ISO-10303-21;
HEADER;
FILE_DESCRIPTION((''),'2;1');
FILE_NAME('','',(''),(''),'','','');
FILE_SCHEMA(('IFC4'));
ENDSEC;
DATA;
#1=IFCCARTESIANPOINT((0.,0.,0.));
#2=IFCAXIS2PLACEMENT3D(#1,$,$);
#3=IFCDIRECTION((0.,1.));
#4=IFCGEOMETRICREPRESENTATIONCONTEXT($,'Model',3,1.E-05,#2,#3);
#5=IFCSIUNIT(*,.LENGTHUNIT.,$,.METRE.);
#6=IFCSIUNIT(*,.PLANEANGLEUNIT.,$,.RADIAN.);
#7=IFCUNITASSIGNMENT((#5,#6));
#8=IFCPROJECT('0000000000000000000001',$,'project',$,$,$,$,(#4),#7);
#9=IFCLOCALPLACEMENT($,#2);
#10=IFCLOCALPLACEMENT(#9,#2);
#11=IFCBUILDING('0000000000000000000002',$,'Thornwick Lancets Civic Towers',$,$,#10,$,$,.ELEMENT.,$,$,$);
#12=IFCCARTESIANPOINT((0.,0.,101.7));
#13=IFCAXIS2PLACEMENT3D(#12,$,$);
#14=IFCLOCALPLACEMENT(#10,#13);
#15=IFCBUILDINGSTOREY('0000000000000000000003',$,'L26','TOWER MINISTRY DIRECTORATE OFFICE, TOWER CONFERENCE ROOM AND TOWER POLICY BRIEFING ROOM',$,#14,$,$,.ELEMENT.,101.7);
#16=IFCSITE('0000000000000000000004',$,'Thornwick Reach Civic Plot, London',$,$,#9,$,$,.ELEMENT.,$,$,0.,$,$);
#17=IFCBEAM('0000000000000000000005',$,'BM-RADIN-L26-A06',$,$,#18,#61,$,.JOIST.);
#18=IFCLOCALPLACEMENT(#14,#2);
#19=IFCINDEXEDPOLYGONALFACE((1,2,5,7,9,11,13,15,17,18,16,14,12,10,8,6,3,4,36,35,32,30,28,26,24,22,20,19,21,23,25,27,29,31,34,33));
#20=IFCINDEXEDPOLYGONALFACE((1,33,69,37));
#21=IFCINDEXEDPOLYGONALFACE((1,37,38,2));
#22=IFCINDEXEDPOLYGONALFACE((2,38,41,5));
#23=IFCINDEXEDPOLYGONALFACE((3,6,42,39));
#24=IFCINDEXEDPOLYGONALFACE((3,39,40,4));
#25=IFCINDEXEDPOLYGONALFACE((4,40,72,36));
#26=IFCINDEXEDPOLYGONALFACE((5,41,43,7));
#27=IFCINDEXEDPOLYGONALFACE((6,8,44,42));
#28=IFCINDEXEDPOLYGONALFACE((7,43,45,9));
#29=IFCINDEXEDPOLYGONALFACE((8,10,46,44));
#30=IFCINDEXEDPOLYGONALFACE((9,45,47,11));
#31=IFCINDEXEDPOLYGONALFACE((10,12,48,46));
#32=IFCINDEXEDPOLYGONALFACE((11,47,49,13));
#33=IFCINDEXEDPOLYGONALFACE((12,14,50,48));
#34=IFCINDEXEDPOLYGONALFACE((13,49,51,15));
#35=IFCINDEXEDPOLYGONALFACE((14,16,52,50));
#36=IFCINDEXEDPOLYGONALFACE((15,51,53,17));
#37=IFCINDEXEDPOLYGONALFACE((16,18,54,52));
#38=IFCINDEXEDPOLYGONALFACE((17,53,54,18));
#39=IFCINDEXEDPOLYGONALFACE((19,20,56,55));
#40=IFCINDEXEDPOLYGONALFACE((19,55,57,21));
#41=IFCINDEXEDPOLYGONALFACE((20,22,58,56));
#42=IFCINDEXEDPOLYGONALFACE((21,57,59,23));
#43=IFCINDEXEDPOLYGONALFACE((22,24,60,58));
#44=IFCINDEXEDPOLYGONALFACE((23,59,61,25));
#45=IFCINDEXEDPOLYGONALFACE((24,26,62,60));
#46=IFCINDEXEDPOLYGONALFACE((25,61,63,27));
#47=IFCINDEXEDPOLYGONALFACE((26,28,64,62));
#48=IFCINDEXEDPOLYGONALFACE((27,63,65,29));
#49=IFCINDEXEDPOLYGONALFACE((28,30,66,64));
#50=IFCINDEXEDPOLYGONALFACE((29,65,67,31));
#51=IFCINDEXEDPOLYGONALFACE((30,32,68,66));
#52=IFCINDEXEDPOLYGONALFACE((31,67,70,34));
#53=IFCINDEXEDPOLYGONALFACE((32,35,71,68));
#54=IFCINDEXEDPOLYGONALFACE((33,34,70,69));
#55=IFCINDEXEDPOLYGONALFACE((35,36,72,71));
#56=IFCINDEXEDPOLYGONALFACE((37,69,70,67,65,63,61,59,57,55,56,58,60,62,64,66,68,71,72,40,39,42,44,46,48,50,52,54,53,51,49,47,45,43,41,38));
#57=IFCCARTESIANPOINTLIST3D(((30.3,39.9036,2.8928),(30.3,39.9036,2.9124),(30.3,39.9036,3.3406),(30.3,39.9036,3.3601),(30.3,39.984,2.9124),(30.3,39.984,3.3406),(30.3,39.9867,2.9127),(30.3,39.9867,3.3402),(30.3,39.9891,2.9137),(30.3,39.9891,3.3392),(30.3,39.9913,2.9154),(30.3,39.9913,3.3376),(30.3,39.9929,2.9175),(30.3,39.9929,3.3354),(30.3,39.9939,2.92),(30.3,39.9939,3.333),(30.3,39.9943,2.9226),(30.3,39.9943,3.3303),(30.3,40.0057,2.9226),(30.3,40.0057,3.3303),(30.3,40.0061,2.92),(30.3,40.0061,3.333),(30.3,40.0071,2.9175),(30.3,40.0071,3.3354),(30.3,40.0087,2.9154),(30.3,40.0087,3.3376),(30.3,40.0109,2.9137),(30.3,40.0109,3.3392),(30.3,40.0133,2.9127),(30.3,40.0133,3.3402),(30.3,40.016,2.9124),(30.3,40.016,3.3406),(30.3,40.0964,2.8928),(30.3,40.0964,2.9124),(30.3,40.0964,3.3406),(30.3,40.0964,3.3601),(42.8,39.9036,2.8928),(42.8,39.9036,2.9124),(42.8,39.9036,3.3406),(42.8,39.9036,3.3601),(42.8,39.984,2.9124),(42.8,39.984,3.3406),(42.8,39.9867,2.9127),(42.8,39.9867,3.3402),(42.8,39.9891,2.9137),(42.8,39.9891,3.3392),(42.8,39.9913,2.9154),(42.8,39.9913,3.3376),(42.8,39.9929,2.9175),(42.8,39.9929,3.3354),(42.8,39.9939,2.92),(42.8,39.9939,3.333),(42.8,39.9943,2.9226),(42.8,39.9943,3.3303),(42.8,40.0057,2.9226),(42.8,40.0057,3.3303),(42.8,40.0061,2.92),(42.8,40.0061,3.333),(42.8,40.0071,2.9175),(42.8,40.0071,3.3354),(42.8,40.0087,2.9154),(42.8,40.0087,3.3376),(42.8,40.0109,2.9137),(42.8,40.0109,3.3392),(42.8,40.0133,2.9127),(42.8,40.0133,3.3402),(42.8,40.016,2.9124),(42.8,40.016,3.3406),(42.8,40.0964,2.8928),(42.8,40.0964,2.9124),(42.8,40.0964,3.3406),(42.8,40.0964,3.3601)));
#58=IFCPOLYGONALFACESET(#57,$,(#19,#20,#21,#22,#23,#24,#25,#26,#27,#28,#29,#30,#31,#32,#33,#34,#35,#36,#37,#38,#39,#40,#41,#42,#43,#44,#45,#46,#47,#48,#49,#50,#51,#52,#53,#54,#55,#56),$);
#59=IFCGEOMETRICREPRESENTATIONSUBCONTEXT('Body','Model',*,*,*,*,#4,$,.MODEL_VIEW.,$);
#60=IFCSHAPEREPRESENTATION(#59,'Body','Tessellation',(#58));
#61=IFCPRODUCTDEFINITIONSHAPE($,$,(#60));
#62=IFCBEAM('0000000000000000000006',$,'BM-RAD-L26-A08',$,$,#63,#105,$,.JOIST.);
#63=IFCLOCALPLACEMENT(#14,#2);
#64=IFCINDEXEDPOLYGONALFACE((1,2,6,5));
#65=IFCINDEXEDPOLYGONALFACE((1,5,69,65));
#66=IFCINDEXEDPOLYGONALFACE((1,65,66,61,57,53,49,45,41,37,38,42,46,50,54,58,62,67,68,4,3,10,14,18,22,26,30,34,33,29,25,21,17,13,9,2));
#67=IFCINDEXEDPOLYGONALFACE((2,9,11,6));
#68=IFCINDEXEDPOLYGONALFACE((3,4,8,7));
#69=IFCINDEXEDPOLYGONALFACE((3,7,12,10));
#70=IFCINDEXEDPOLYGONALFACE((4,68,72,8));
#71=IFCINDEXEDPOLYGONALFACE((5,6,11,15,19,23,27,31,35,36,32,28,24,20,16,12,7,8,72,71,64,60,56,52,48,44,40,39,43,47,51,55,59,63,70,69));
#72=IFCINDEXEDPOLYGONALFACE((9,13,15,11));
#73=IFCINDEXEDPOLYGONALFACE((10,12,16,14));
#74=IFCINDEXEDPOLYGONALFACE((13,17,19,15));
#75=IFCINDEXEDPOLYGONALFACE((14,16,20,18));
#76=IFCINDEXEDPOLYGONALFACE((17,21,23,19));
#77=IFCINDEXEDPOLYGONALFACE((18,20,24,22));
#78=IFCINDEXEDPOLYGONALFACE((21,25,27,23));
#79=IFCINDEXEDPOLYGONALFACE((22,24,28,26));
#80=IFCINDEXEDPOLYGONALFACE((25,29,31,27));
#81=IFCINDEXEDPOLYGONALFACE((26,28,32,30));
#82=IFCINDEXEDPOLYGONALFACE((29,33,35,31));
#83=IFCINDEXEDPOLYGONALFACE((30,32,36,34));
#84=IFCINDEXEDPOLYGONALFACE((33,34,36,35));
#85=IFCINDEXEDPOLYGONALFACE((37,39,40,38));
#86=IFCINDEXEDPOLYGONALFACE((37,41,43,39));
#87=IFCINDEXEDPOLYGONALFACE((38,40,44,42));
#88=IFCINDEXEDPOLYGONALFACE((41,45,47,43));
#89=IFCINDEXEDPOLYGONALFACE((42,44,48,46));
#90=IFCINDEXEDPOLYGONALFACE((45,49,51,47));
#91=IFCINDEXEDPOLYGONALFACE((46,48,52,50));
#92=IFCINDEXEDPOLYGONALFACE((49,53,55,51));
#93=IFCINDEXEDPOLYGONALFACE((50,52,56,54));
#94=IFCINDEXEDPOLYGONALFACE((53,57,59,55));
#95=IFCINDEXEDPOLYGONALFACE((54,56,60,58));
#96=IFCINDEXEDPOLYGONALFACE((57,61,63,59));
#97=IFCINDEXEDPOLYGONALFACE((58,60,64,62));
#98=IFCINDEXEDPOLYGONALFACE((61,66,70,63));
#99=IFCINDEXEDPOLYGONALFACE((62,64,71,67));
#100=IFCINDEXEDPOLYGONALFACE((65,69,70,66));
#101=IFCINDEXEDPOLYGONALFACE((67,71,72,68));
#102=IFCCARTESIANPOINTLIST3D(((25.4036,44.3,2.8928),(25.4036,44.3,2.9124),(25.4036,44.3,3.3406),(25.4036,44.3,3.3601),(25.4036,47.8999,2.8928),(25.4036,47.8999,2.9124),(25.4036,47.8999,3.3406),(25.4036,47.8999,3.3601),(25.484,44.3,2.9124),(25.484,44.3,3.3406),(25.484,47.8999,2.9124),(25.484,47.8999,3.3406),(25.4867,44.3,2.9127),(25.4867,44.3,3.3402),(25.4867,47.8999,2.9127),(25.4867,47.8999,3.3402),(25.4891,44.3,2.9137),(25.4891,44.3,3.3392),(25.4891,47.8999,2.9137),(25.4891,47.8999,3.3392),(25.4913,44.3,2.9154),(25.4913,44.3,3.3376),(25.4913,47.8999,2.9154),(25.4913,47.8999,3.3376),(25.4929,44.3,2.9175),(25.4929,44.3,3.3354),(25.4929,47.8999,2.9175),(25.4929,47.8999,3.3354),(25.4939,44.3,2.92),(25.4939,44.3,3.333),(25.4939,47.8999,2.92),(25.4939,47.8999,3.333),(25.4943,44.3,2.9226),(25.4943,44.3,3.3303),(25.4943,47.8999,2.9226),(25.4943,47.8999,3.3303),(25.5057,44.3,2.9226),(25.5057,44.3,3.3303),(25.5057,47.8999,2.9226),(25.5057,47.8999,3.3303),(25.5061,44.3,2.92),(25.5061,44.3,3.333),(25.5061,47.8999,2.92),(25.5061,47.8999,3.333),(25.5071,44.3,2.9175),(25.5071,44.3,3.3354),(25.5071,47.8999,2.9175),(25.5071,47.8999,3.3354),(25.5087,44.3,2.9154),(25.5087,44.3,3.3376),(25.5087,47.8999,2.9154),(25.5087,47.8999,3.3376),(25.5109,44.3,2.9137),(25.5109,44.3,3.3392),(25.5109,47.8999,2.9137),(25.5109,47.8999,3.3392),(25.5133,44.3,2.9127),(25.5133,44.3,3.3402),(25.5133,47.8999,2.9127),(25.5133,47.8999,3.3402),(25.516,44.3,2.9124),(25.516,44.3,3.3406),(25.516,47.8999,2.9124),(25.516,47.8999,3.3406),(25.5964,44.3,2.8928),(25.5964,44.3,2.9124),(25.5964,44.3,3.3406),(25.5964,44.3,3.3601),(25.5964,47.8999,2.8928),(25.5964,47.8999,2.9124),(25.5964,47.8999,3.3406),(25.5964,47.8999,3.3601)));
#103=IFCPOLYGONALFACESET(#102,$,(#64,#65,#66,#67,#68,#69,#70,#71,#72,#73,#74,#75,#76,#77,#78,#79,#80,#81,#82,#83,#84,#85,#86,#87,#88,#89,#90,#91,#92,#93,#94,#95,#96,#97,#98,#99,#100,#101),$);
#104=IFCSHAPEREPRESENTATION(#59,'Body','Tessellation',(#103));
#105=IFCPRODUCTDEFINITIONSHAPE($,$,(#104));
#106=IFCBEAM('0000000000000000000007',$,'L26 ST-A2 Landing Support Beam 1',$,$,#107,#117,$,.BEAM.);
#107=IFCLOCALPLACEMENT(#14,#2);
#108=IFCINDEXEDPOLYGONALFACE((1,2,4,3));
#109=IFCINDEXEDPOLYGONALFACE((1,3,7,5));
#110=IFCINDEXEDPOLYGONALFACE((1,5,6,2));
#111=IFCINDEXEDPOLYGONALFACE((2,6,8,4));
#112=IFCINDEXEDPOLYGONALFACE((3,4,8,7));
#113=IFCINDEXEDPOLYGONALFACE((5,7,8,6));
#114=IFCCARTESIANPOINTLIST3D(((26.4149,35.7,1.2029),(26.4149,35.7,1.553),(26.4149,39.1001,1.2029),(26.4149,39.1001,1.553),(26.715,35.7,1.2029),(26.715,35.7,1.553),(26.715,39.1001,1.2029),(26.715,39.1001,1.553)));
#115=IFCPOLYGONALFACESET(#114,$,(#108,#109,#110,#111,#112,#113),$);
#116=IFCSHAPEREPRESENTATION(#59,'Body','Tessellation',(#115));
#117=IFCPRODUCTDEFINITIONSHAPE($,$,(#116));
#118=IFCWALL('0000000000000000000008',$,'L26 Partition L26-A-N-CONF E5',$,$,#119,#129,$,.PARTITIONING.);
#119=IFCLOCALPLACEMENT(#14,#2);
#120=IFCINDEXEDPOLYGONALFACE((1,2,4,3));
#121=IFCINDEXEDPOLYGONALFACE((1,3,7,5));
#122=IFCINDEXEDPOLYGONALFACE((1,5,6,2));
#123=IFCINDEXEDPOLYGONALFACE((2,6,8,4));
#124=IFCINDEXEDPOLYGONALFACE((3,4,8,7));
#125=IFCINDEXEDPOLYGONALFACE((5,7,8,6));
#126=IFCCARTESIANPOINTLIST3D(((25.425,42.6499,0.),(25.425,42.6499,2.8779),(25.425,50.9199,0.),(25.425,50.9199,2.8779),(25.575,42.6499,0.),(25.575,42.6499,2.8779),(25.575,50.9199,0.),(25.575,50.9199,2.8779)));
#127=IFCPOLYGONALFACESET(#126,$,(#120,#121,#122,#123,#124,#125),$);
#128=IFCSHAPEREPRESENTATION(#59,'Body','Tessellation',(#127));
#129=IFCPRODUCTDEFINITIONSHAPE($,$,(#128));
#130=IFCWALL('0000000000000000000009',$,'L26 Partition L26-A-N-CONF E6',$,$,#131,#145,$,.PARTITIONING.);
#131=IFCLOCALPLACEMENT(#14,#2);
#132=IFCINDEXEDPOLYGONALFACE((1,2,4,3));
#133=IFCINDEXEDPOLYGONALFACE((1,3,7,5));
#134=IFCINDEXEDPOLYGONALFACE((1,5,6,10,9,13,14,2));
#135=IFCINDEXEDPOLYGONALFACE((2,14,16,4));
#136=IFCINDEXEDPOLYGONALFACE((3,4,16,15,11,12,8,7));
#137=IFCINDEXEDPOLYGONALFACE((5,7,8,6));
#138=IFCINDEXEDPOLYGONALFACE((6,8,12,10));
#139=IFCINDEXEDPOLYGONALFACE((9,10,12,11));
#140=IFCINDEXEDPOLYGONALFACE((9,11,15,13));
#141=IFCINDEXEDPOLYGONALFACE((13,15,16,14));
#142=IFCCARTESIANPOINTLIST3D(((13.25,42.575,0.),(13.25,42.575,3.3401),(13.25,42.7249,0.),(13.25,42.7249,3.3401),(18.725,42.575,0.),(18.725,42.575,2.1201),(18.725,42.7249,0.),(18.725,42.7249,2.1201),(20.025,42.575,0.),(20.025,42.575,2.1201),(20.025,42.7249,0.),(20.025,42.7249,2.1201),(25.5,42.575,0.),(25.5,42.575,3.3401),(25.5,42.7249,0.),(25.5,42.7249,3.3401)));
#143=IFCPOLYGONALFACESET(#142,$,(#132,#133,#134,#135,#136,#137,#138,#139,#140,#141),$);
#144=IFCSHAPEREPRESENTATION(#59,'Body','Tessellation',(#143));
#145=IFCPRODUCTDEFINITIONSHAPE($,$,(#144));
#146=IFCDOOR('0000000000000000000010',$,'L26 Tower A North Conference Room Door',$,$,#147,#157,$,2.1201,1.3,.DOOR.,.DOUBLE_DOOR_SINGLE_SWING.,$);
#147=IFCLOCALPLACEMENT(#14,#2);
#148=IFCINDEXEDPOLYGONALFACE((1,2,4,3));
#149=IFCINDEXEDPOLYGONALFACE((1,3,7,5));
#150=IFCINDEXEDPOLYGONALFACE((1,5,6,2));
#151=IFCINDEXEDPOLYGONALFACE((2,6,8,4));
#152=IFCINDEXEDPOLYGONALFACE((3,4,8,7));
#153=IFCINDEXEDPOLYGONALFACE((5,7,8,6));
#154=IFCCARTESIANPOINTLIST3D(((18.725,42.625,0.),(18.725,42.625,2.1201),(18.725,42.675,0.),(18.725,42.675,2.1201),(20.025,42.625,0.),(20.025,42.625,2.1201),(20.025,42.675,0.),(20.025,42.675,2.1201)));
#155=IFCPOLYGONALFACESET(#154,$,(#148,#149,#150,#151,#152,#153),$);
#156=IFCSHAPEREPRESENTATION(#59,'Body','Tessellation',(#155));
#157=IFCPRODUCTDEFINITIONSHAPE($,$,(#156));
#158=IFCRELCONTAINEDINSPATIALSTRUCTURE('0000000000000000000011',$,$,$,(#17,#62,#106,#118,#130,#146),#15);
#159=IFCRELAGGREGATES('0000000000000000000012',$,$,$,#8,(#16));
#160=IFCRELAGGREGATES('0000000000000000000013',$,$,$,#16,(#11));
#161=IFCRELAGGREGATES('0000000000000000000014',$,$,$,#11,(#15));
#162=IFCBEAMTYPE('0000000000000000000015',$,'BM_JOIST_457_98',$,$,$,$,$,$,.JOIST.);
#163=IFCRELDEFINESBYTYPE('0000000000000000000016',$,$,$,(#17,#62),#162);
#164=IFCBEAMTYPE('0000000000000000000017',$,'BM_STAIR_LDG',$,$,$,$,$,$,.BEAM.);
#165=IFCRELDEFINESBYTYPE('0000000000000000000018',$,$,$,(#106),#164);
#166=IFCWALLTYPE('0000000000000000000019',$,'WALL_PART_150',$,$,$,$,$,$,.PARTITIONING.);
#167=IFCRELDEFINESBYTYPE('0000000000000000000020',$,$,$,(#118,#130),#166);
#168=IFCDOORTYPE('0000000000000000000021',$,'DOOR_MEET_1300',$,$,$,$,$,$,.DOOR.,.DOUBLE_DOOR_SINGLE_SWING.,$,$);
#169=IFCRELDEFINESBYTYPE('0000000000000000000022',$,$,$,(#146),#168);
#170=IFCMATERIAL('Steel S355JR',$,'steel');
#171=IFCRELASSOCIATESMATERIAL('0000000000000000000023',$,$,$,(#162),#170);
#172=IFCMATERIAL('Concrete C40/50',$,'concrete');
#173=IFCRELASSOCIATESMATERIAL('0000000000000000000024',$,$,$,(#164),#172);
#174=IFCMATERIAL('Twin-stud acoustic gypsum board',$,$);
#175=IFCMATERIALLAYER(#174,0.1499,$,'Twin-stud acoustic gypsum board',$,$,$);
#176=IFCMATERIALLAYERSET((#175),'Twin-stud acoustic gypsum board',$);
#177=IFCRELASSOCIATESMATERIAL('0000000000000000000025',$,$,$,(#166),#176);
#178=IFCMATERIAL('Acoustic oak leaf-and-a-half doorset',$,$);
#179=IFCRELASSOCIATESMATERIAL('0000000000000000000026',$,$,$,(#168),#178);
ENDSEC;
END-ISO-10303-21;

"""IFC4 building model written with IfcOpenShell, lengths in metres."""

from ifc_helpers import new_model, si_unit, direction, frame, frame_2d, origin, origin_2d, place, context, subcontext, project, spatial, rectangle, i_section, extrude, material, layer, layer_set, material_profile, profile_set, type_object, element, fill, save


model = new_model("IFC4")

# Units and contexts
model_context = context("Model", 3, precision=1e-05, world=origin(), true_north=direction((0.0, 1.0)))
body_context = subcontext(model_context, "Body", "Model", "MODEL_VIEW")
ifc_project = project(units=[si_unit("LENGTHUNIT", "METRE"), si_unit("PLANEANGLEUNIT", "RADIAN")], contexts=[model_context])

# Site, building, storey
site_placement = place(None, origin())
site = spatial("IfcSite", under=ifc_project, at=site_placement, Name="Thornwick Reach Civic Plot, London", CompositionType="ELEMENT", RefElevation=0.0)
building_placement = place(site_placement, origin())
building = spatial("IfcBuilding", under=site, at=building_placement, Name="Thornwick Lancets Civic Towers", CompositionType="ELEMENT")
storey_placement = place(building_placement, frame((0.0, 0.0, 101.7)))
storey = spatial("IfcBuildingStorey", under=building, at=storey_placement, Name="L26", Description="TOWER MINISTRY DIRECTORATE OFFICE, TOWER CONFERENCE ROOM AND TOWER POLICY BRIEFING ROOM", CompositionType="ELEMENT", Elevation=101.7)

# Beams
ifc_material_1 = material(Name="Steel S355JR", Category="steel")
ifc_material_profile_1 = material_profile(ifc_material_1, i_section(OverallWidth=0.1929, OverallDepth=0.4673, WebThickness=0.0115, FlangeThickness=0.0195, FilletRadius=0.0103, at=origin_2d()), Name="UKB 457x191x98")
ifc_profile_set_1 = profile_set([ifc_material_profile_1], Name="Steel S355JR")
beam_type_1 = type_object("IfcBeamType", Name="BM_JOIST_457_98", PredefinedType="JOIST", material=ifc_profile_set_1)
beam_1_placement = place(storey_placement, frame((30.3, 40.0, 3.1265), z_axis=(1.0, 0.0, 0.0), x_axis=(0.0, 1.0, 0.0)))
element("IfcBeam", 1, at=beam_1_placement, inside=storey, type_object=beam_type_1, Name="BM-RADIN-L26-A06", PredefinedType="JOIST", context=body_context, shape_type="SweptSolid", body=[
    extrude(i_section(OverallWidth=0.1929, OverallDepth=0.4673, WebThickness=0.0115, FlangeThickness=0.0195, FilletRadius=0.0103, at=origin_2d()), origin(), (0.0, 0.0, 1.0), 12.5),
])
beam_2_placement = place(storey_placement, frame((25.5, 44.3, 3.1265), z_axis=(0.0, 1.0, 0.0), x_axis=(-1.0, 0.0, 0.0)))
element("IfcBeam", 2, at=beam_2_placement, inside=storey, type_object=beam_type_1, Name="BM-RAD-L26-A08", PredefinedType="JOIST", context=body_context, shape_type="SweptSolid", body=[
    extrude(i_section(OverallWidth=0.1929, OverallDepth=0.4673, WebThickness=0.0115, FlangeThickness=0.0195, FilletRadius=0.0103, at=origin_2d()), origin(), (0.0, 0.0, 1.0), 3.5999),
])
ifc_material_2 = material(Name="Concrete C40/50", Category="concrete")
ifc_material_profile_2 = material_profile(ifc_material_2, rectangle(XDim=0.3, YDim=0.3501, at=origin_2d()), Name="RC 300x350")
ifc_profile_set_2 = profile_set([ifc_material_profile_2], Name="Concrete C40/50")
beam_type_2 = type_object("IfcBeamType", Name="BM_STAIR_LDG", PredefinedType="BEAM", material=ifc_profile_set_2)
beam_3_placement = place(storey_placement, frame((26.5649, 39.1001, 1.3779), z_axis=(0.0, -1.0, 0.0), x_axis=(1.0, 0.0, 0.0)))
element("IfcBeam", 3, at=beam_3_placement, inside=storey, type_object=beam_type_2, Name="L26 ST-A2 Landing Support Beam 1", PredefinedType="BEAM", context=body_context, shape_type="SweptSolid", body=[
    extrude(rectangle(XDim=0.3, YDim=0.3501, at=origin_2d()), origin(), (0.0, 0.0, 1.0), 3.4001),
])

# Wall
ifc_material_3 = material(Name="Twin-stud acoustic gypsum board")
ifc_layer = layer(ifc_material_3, 0.1499, Name="Twin-stud acoustic gypsum board")
ifc_layer_set = layer_set([ifc_layer], Name="Twin-stud acoustic gypsum board")
wall_type = type_object("IfcWallType", Name="WALL_PART_150", PredefinedType="PARTITIONING", material=ifc_layer_set)
wall_1_placement = place(storey_placement, frame((25.5, 50.9199, 0.0), z_axis=(0.0, 0.0, 1.0), x_axis=(0.0, -1.0, 0.0)))
element("IfcWall", 4, at=wall_1_placement, inside=storey, type_object=wall_type, Name="L26 Partition L26-A-N-CONF E5", PredefinedType="PARTITIONING", context=body_context, shape_type="SweptSolid", body=[
    extrude(rectangle(XDim=8.27, YDim=0.1499, at=frame_2d((4.135, 0.0))), origin(), (0.0, 0.0, 1.0), 2.8779),
])

# Wall, opening, door
wall_2_placement = place(storey_placement, frame((25.5, 42.6499, 0.0), z_axis=(0.0, 0.0, 1.0), x_axis=(-1.0, 0.0, 0.0)))
wall_2 = element("IfcWall", 5, at=wall_2_placement, inside=storey, type_object=wall_type, Name="L26 Partition L26-A-N-CONF E6", PredefinedType="PARTITIONING", context=body_context, shape_type="SweptSolid", body=[
    extrude(rectangle(XDim=12.25, YDim=0.1499, at=frame_2d((6.125, 0.0))), origin(), (0.0, 0.0, 1.0), 3.3401),
])
opening_placement = place(wall_2_placement, frame((5.4751, 0.0, 0.0)))
opening = element("IfcOpeningElement", 6, at=opening_placement, cuts=wall_2, PredefinedType="OPENING", context=body_context, shape_type="SweptSolid", body=[
    extrude(rectangle(XDim=1.3, YDim=2.1201, at=frame_2d((0.6499, 1.0601))), frame((0.0, 0.085, 0.0), z_axis=(0.0, -1.0, 0.0), x_axis=(1.0, 0.0, 0.0)), (0.0, 0.0, 1.0), 0.1699),
])
ifc_material_4 = material(Name="Acoustic oak leaf-and-a-half doorset")
door_type = type_object("IfcDoorType", Name="DOOR_MEET_1300", OperationType="DOUBLE_DOOR_SINGLE_SWING", PredefinedType="DOOR", material=ifc_material_4)
door_placement = place(opening_placement, origin())
door = element("IfcDoor", 7, at=door_placement, inside=storey, type_object=door_type, Name="L26 Tower A North Conference Room Door", OperationType="DOUBLE_DOOR_SINGLE_SWING", OverallHeight=2.1201, OverallWidth=1.3, PredefinedType="DOOR", context=body_context, shape_type="SweptSolid", body=[
    extrude(rectangle(XDim=1.3, YDim=2.1201, at=frame_2d((0.6499, 1.0601))), frame((0.0, 0.0249, 0.0), z_axis=(0.0, -1.0, 0.0), x_axis=(1.0, 0.0, 0.0)), (0.0, 0.0, 1.0), 0.05),
])
fill(opening, door)

save(model, "model.ifc")
